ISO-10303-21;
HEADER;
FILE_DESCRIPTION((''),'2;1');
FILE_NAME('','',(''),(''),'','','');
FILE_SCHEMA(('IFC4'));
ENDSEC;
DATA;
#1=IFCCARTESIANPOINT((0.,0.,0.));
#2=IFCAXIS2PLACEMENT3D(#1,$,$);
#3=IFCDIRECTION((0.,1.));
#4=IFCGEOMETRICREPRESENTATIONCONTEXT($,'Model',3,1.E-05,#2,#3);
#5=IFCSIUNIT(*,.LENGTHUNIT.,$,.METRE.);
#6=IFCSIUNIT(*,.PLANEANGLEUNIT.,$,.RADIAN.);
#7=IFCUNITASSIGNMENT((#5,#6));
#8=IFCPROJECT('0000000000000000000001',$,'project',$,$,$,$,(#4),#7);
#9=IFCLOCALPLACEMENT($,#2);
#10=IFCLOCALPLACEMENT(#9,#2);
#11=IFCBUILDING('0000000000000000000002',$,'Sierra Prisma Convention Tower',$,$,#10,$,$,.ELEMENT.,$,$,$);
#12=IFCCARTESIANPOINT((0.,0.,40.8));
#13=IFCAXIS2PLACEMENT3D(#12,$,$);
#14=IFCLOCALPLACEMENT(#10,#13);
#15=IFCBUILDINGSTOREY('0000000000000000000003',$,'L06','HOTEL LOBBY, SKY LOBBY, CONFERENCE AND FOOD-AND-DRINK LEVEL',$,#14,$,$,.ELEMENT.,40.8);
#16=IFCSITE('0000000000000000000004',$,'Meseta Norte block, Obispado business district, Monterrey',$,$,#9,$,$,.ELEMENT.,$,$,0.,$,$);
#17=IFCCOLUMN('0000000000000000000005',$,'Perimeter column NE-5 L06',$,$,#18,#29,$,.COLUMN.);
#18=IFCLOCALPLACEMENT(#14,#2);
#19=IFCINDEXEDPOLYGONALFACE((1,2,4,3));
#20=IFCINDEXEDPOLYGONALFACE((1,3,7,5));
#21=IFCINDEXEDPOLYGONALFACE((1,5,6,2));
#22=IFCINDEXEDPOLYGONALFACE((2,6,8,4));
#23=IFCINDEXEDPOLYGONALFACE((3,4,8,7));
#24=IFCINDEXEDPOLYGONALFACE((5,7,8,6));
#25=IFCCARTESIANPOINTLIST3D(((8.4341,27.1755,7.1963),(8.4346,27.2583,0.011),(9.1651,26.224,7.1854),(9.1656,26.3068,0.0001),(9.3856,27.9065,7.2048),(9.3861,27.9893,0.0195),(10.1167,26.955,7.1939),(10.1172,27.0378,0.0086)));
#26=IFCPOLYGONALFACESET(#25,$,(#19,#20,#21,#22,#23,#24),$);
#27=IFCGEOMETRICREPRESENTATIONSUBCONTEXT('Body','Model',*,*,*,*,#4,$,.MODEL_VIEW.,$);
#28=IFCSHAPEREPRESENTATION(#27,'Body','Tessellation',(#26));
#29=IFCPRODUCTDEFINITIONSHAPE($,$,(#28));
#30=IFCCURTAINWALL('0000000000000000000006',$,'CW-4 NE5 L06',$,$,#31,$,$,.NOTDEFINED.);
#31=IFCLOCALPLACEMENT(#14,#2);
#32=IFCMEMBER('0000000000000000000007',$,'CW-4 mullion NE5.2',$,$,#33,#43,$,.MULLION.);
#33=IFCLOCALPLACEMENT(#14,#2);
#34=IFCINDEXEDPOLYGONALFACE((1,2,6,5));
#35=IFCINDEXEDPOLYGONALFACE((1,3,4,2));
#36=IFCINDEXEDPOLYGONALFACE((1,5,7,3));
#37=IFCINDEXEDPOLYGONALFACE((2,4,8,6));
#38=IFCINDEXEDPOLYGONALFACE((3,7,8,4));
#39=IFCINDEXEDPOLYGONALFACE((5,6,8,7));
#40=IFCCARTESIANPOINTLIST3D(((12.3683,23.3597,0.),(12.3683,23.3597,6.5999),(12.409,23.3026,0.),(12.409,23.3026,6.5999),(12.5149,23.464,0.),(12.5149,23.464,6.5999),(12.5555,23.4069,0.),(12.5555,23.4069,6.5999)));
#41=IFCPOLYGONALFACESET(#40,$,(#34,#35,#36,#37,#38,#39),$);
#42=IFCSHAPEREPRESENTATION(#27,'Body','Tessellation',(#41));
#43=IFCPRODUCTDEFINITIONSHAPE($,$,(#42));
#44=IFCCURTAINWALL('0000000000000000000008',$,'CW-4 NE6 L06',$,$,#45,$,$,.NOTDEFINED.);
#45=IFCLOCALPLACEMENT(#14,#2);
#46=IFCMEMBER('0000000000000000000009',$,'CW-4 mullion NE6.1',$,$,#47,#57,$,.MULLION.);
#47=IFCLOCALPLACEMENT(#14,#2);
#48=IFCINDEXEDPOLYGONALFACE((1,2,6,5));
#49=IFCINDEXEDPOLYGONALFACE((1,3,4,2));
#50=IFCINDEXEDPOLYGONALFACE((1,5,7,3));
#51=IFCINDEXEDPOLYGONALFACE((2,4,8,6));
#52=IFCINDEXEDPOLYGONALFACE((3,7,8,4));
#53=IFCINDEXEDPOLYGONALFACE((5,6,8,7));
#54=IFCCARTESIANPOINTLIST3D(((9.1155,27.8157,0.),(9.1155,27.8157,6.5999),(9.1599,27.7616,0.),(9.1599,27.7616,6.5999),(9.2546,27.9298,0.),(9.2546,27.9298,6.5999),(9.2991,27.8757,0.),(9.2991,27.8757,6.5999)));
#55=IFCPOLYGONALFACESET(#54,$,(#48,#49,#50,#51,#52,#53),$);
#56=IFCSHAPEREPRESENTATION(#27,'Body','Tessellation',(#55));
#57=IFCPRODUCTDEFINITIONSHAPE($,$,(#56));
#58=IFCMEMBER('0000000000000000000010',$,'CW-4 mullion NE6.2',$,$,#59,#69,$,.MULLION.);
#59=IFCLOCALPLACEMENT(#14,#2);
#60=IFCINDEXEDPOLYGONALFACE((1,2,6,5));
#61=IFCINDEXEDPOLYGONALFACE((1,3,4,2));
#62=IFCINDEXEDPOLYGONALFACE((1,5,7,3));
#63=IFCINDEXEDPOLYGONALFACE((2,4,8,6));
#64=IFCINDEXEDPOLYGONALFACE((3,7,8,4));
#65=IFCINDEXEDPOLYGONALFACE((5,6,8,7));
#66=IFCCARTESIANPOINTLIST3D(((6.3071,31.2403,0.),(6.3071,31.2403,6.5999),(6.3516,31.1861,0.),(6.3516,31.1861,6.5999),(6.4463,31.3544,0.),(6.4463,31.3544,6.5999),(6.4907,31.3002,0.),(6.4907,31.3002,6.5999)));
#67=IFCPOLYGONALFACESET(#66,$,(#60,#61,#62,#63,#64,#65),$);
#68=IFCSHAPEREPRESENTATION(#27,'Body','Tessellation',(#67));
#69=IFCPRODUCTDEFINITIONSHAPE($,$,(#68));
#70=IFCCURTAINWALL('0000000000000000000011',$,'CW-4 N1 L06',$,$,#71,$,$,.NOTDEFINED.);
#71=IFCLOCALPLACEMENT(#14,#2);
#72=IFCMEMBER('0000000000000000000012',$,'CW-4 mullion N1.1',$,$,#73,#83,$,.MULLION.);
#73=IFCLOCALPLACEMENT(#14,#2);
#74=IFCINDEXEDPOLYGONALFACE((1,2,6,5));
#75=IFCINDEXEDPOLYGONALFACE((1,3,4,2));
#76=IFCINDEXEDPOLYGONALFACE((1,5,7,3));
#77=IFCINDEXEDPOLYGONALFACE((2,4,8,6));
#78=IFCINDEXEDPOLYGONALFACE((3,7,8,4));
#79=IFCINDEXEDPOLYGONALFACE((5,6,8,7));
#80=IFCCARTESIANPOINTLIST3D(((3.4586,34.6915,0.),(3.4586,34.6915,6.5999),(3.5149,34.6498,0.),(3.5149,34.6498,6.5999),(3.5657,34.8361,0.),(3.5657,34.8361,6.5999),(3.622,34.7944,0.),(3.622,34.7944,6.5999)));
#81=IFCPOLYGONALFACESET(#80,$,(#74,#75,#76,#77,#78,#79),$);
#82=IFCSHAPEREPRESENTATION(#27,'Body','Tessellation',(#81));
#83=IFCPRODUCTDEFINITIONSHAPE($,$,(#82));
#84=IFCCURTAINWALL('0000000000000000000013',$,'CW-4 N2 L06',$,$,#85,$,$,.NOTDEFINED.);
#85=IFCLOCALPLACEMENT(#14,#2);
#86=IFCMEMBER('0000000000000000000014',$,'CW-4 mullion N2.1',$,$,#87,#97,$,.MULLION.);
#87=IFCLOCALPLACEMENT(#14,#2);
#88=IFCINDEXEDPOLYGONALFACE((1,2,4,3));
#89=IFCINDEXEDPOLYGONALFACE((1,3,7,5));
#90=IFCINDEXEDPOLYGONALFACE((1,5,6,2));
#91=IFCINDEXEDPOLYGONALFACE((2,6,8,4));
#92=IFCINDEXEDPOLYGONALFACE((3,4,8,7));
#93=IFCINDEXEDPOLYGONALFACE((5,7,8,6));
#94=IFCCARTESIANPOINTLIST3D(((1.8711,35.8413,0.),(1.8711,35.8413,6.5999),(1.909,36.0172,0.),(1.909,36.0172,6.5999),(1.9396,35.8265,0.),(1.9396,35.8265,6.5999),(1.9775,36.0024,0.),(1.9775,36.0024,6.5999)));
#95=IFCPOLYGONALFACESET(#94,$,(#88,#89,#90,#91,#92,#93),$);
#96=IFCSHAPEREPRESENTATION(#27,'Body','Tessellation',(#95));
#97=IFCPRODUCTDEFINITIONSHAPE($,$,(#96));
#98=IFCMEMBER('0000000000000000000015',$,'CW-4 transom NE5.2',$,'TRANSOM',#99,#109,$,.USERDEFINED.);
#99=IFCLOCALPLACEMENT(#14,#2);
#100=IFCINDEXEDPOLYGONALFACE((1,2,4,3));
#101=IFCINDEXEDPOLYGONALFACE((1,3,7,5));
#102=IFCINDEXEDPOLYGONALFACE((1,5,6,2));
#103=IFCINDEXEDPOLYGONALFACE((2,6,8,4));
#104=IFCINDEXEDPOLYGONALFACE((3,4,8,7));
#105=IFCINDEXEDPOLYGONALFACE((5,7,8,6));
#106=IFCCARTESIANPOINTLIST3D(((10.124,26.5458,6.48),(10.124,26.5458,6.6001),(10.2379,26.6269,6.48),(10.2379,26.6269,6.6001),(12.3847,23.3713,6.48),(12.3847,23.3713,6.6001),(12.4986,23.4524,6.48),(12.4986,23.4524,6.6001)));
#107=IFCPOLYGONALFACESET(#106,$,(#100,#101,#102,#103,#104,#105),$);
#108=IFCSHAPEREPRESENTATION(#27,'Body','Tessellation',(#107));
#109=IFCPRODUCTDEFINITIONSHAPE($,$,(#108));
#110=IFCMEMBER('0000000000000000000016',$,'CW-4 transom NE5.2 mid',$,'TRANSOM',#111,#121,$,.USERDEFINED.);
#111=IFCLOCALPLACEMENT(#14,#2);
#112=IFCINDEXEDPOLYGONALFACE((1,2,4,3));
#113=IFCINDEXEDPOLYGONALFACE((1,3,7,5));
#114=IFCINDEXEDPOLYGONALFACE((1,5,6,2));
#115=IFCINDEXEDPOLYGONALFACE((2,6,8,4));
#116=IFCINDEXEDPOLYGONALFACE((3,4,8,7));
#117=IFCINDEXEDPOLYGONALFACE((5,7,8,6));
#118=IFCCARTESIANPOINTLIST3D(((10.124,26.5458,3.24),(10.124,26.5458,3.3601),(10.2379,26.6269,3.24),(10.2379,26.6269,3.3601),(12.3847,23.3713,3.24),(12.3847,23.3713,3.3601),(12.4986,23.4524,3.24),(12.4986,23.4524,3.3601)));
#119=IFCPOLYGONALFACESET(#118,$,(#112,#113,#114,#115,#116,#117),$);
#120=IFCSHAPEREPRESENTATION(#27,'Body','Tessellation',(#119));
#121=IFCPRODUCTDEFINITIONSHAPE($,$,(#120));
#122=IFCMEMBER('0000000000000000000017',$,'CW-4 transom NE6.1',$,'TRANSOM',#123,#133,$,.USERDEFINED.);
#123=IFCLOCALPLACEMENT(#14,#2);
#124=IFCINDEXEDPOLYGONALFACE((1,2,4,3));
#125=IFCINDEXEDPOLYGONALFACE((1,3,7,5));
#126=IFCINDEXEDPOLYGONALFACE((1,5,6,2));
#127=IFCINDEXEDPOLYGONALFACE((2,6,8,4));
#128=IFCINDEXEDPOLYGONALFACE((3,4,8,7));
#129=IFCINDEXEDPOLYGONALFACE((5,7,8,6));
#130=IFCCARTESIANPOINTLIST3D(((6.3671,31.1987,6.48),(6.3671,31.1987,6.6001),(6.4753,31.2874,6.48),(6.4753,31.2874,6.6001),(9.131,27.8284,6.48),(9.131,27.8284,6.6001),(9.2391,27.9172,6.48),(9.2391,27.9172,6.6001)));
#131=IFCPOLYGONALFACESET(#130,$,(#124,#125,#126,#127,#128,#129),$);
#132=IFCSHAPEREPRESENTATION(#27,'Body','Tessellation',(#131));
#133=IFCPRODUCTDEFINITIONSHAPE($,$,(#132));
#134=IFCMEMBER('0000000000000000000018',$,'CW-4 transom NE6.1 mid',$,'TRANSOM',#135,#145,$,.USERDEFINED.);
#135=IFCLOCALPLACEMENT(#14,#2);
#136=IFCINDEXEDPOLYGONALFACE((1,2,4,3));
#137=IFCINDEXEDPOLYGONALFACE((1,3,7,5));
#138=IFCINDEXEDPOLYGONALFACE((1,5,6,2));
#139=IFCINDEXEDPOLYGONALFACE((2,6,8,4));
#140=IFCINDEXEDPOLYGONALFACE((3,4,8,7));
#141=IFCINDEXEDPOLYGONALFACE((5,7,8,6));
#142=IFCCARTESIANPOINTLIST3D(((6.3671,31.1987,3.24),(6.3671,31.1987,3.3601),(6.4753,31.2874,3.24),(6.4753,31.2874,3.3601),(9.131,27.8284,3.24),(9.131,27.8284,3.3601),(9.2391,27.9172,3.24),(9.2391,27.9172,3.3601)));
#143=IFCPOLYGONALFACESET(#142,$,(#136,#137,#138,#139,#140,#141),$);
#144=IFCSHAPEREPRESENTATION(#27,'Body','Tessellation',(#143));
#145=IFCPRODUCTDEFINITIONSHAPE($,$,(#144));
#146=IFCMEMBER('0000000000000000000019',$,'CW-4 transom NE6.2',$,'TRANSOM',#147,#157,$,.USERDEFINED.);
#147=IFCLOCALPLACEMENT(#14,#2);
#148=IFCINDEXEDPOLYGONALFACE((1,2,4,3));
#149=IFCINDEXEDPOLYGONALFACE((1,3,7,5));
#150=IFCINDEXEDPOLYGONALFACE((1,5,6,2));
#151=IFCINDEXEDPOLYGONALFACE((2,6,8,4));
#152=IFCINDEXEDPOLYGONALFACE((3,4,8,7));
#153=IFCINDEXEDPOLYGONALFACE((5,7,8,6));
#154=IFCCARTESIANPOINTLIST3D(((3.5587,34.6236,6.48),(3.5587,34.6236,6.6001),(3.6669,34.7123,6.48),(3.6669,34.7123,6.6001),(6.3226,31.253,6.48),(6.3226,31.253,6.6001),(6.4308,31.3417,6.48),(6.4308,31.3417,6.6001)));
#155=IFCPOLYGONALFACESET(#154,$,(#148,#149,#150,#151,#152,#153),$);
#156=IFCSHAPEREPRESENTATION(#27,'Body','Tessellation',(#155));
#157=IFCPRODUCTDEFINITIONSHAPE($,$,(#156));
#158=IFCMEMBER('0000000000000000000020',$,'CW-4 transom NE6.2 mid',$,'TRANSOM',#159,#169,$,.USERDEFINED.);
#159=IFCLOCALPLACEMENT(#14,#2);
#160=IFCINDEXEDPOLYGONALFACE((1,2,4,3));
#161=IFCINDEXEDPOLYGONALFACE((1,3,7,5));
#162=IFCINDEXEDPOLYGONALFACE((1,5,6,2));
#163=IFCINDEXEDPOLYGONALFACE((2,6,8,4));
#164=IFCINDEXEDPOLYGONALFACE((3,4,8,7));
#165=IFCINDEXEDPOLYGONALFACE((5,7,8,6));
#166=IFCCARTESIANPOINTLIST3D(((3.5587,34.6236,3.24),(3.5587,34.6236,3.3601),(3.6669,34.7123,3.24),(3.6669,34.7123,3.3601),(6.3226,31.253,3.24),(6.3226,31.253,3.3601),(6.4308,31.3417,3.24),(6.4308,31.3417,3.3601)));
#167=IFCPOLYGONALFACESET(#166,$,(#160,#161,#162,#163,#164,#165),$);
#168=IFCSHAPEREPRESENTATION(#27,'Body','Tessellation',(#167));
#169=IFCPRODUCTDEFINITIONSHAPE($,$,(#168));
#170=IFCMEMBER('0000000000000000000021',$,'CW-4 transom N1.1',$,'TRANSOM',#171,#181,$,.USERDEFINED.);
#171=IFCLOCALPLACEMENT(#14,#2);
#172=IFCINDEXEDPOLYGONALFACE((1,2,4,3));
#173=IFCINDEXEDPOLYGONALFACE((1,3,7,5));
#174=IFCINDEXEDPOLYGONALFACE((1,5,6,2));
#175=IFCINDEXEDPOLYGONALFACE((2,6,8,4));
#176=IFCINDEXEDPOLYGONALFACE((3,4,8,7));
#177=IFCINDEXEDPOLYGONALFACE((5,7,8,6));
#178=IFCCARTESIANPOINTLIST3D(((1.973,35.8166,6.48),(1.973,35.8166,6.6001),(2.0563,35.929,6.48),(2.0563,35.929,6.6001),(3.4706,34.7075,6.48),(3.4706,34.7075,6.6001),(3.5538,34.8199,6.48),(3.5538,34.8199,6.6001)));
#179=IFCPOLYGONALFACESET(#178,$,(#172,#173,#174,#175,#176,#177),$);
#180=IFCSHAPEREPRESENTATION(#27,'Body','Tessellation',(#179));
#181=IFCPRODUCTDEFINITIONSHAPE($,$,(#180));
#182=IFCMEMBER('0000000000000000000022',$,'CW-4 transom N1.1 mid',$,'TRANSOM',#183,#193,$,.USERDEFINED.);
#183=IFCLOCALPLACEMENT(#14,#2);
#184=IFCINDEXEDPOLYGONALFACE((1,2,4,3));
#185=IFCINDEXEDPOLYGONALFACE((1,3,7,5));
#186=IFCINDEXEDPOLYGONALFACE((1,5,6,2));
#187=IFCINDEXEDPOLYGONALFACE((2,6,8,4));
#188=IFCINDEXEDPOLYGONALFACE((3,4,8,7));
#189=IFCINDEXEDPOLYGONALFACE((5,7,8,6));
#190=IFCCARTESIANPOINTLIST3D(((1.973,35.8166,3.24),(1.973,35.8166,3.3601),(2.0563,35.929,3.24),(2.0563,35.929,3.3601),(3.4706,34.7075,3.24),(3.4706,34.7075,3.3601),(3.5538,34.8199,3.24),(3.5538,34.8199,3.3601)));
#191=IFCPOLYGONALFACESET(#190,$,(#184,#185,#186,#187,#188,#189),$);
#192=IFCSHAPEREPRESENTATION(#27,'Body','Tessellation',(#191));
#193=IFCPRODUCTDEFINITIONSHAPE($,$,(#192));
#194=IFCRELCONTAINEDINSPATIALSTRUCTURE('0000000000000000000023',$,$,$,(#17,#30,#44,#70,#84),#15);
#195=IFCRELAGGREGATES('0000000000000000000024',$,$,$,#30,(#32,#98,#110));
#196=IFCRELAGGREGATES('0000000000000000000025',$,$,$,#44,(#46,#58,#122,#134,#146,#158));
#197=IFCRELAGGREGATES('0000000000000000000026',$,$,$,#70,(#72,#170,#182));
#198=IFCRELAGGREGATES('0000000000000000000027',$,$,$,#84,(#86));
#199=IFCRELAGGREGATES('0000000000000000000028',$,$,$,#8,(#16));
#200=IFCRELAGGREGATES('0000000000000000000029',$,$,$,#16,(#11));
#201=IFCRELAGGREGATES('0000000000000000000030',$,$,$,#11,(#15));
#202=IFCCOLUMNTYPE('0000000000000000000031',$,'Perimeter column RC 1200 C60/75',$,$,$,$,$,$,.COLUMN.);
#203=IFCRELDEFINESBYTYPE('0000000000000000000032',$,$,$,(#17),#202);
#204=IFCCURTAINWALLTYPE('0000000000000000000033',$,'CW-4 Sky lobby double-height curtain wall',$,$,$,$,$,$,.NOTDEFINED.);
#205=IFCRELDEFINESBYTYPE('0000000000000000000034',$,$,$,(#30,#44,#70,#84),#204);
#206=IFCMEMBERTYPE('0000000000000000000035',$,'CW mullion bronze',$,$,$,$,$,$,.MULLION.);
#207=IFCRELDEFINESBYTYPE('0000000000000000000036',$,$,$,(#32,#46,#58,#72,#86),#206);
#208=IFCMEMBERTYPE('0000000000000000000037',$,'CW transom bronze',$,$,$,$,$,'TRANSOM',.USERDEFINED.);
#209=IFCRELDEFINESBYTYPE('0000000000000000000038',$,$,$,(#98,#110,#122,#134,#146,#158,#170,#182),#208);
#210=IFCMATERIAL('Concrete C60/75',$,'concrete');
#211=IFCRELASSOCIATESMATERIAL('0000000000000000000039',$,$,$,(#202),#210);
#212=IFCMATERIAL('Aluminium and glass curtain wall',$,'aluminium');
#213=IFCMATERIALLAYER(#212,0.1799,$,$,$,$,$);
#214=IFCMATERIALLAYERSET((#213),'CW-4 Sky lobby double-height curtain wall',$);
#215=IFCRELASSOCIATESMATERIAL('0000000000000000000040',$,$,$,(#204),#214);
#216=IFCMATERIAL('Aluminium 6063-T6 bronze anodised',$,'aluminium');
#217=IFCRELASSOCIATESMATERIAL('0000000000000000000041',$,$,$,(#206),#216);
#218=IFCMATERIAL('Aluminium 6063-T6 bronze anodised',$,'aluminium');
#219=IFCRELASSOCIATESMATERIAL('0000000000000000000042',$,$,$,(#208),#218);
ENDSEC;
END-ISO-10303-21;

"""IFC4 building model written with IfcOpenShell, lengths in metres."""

from ifc_helpers import new_model, si_unit, direction, frame, origin, origin_2d, place, context, subcontext, project, spatial, rectangle, extrude, clip, halfspace, material, layer, layer_set, material_profile, profile_set, type_object, element, aggregate, save


model = new_model("IFC4")

# Units and contexts
model_context = context("Model", 3, precision=1e-05, world=origin(), true_north=direction((0.0, 1.0)))
body_context = subcontext(model_context, "Body", "Model", "MODEL_VIEW")
ifc_project = project(units=[si_unit("LENGTHUNIT", "METRE"), si_unit("PLANEANGLEUNIT", "RADIAN")], contexts=[model_context])

# Site, building, storey
site_placement = place(None, origin())
site = spatial("IfcSite", under=ifc_project, at=site_placement, Name="Meseta Norte block, Obispado business district, Monterrey", CompositionType="ELEMENT", RefElevation=0.0)
building_placement = place(site_placement, origin())
building = spatial("IfcBuilding", under=site, at=building_placement, Name="Sierra Prisma Convention Tower", CompositionType="ELEMENT")
storey_placement = place(building_placement, frame((0.0, 0.0, 40.8)))
storey = spatial("IfcBuildingStorey", under=building, at=storey_placement, Name="L06", Description="HOTEL LOBBY, SKY LOBBY, CONFERENCE AND FOOD-AND-DRINK LEVEL", CompositionType="ELEMENT", Elevation=40.8)

# Column
ifc_material_1 = material(Name="Concrete C60/75", Category="concrete")
ifc_material_profile_1 = material_profile(ifc_material_1, rectangle(XDim=1.2, YDim=1.2, at=origin_2d()), Name="Perimeter column RC 1200 C60/75")
ifc_profile_set_1 = profile_set([ifc_material_profile_1], Name="Concrete C60/75")
column_type_1 = type_object("IfcColumnType", Name="Perimeter column RC 1200 C60/75", PredefinedType="COLUMN", material=ifc_profile_set_1)
column_1_placement = place(storey_placement, frame((9.2759, 27.1482, 0.0), z_axis=(-0.000068, -0.011528, 0.999934), x_axis=(-0.609232, 0.79294, 0.0091)))
element("IfcColumn", 1, at=column_1_placement, inside=storey, type_object=column_type_1, Name="Perimeter column NE-5 L06", PredefinedType="COLUMN", context=body_context, shape_type="SweptSolid", body=[
    clip(clip(extrude(rectangle(XDim=1.2, YDim=1.2, at=origin_2d()), origin(), (0.0, 0.0, 1.0), 7.2004), halfspace(frame((0.0, 0.0, 0.0098)), True)), halfspace(frame((0.0, 0.0, 7.1956)), False)),
])

# Curtain wall, member
ifc_material_2 = material(Name="Aluminium and glass curtain wall", Category="aluminium")
ifc_layer_1 = layer(ifc_material_2, 0.1799)
ifc_layer_set_1 = layer_set([ifc_layer_1], Name="CW-4 Sky lobby double-height curtain wall")
curtain_wall_type = type_object("IfcCurtainWallType", Name="CW-4 Sky lobby double-height curtain wall", PredefinedType="NOTDEFINED", material=ifc_layer_set_1)
curtain_wall_1_placement = place(storey_placement, origin())
curtain_wall_1 = element("IfcCurtainWall", 2, at=curtain_wall_1_placement, inside=storey, type_object=curtain_wall_type, Name="CW-4 NE5 L06", PredefinedType="NOTDEFINED")
ifc_material_3 = material(Name="Aluminium 6063-T6 bronze anodised", Category="aluminium")
ifc_material_profile_2 = material_profile(ifc_material_3, rectangle(XDim=0.1799, YDim=0.0701, at=origin_2d()), Name="ALU MULLION 70x180")
ifc_profile_set_2 = profile_set([ifc_material_profile_2], Name="Aluminium 6063-T6 bronze anodised")
member_type_1 = type_object("IfcMemberType", Name="CW mullion bronze", PredefinedType="MULLION", material=ifc_profile_set_2)
member_1_placement = place(storey_placement, frame((12.4619, 23.3833, 0.0), z_axis=(0.0, 0.0, 1.0), x_axis=(-0.814566, -0.580072, 0.0)))
member_1 = element("IfcMember", 3, at=member_1_placement, type_object=member_type_1, Name="CW-4 mullion NE5.2", PredefinedType="MULLION", context=body_context, shape_type="SweptSolid", body=[
    extrude(rectangle(XDim=0.1799, YDim=0.0701, at=origin_2d()), origin(), (0.0, 0.0, 1.0), 6.5999),
])

# Curtain wall, members
curtain_wall_2_placement = place(storey_placement, origin())
curtain_wall_2 = element("IfcCurtainWall", 4, at=curtain_wall_2_placement, inside=storey, type_object=curtain_wall_type, Name="CW-4 NE6 L06", PredefinedType="NOTDEFINED")
member_2_placement = place(storey_placement, frame((9.2073, 27.8457, 0.0), z_axis=(0.0, 0.0, 1.0), x_axis=(-0.77326, -0.634089, 0.0)))
member_2 = element("IfcMember", 5, at=member_2_placement, type_object=member_type_1, Name="CW-4 mullion NE6.1", PredefinedType="MULLION", context=body_context, shape_type="SweptSolid", body=[
    extrude(rectangle(XDim=0.1799, YDim=0.0701, at=origin_2d()), origin(), (0.0, 0.0, 1.0), 6.5999),
])
member_3_placement = place(storey_placement, frame((6.3989, 31.2703, 0.0), z_axis=(0.0, 0.0, 1.0), x_axis=(-0.77326, -0.634089, 0.0)))
member_3 = element("IfcMember", 6, at=member_3_placement, type_object=member_type_1, Name="CW-4 mullion NE6.2", PredefinedType="MULLION", context=body_context, shape_type="SweptSolid", body=[
    extrude(rectangle(XDim=0.1799, YDim=0.0701, at=origin_2d()), origin(), (0.0, 0.0, 1.0), 6.5999),
])

# Curtain walls, members
curtain_wall_3_placement = place(storey_placement, origin())
curtain_wall_3 = element("IfcCurtainWall", 7, at=curtain_wall_3_placement, inside=storey, type_object=curtain_wall_type, Name="CW-4 N1 L06", PredefinedType="NOTDEFINED")
member_4_placement = place(storey_placement, frame((3.5403, 34.7429, 0.0), z_axis=(0.0, 0.0, 1.0), x_axis=(-0.595164, -0.803605, 0.0)))
member_4 = element("IfcMember", 8, at=member_4_placement, type_object=member_type_1, Name="CW-4 mullion N1.1", PredefinedType="MULLION", context=body_context, shape_type="SweptSolid", body=[
    extrude(rectangle(XDim=0.1799, YDim=0.0701, at=origin_2d()), origin(), (0.0, 0.0, 1.0), 6.5999),
])
curtain_wall_4_placement = place(storey_placement, origin())
curtain_wall_4 = element("IfcCurtainWall", 9, at=curtain_wall_4_placement, inside=storey, type_object=curtain_wall_type, Name="CW-4 N2 L06", PredefinedType="NOTDEFINED")
member_5_placement = place(storey_placement, frame((1.9243, 35.9219, 0.0), z_axis=(0.0, 0.0, 1.0), x_axis=(-0.210894, -0.977509, 0.0)))
member_5 = element("IfcMember", 10, at=member_5_placement, type_object=member_type_1, Name="CW-4 mullion N2.1", PredefinedType="MULLION", context=body_context, shape_type="SweptSolid", body=[
    extrude(rectangle(XDim=0.1799, YDim=0.0701, at=origin_2d()), origin(), (0.0, 0.0, 1.0), 6.5999),
])

# Members
ifc_material_4 = material(Name="Aluminium 6063-T6 bronze anodised", Category="aluminium")
ifc_material_profile_3 = material_profile(ifc_material_4, rectangle(XDim=0.1399, YDim=0.1201, at=origin_2d()), Name="ALU TRANSOM 120x140")
ifc_profile_set_3 = profile_set([ifc_material_profile_3], Name="Aluminium 6063-T6 bronze anodised")
member_type_2 = type_object("IfcMemberType", Name="CW transom bronze", ElementType="TRANSOM", PredefinedType="USERDEFINED", material=ifc_profile_set_3)
member_6_placement = place(storey_placement, frame((12.4417, 23.4119, 6.54), z_axis=(-0.580082, 0.814558, 0.0), x_axis=(-0.814558, -0.580082, 0.0)))
member_6 = element("IfcMember", 11, at=member_6_placement, type_object=member_type_2, Name="CW-4 transom NE5.2", ObjectType="TRANSOM", PredefinedType="USERDEFINED", context=body_context, shape_type="SweptSolid", body=[
    extrude(rectangle(XDim=0.1399, YDim=0.1201, at=origin_2d()), origin(), (0.0, 0.0, 1.0), 3.8972),
])
member_7_placement = place(storey_placement, frame((12.4417, 23.4119, 3.3), z_axis=(-0.580082, 0.814558, 0.0), x_axis=(-0.814558, -0.580082, 0.0)))
member_7 = element("IfcMember", 12, at=member_7_placement, type_object=member_type_2, Name="CW-4 transom NE5.2 mid", ObjectType="TRANSOM", PredefinedType="USERDEFINED", context=body_context, shape_type="SweptSolid", body=[
    extrude(rectangle(XDim=0.1399, YDim=0.1201, at=origin_2d()), origin(), (0.0, 0.0, 1.0), 3.8972),
])
member_8_placement = place(storey_placement, frame((9.1851, 27.8728, 6.54), z_axis=(-0.63411, 0.773243, 0.0), x_axis=(-0.773243, -0.63411, 0.0)))
member_8 = element("IfcMember", 13, at=member_8_placement, type_object=member_type_2, Name="CW-4 transom NE6.1", ObjectType="TRANSOM", PredefinedType="USERDEFINED", context=body_context, shape_type="SweptSolid", body=[
    extrude(rectangle(XDim=0.1399, YDim=0.1201, at=origin_2d()), origin(), (0.0, 0.0, 1.0), 4.3586),
])
member_9_placement = place(storey_placement, frame((9.1851, 27.8728, 3.3), z_axis=(-0.63411, 0.773243, 0.0), x_axis=(-0.773243, -0.63411, 0.0)))
member_9 = element("IfcMember", 14, at=member_9_placement, type_object=member_type_2, Name="CW-4 transom NE6.1 mid", ObjectType="TRANSOM", PredefinedType="USERDEFINED", context=body_context, shape_type="SweptSolid", body=[
    extrude(rectangle(XDim=0.1399, YDim=0.1201, at=origin_2d()), origin(), (0.0, 0.0, 1.0), 4.3586),
])
member_10_placement = place(storey_placement, frame((6.3767, 31.2974, 6.54), z_axis=(-0.634082, 0.773266, 0.0), x_axis=(-0.773266, -0.634082, 0.0)))
member_10 = element("IfcMember", 15, at=member_10_placement, type_object=member_type_2, Name="CW-4 transom NE6.2", ObjectType="TRANSOM", PredefinedType="USERDEFINED", context=body_context, shape_type="SweptSolid", body=[
    extrude(rectangle(XDim=0.1399, YDim=0.1201, at=origin_2d()), origin(), (0.0, 0.0, 1.0), 4.3589),
])
member_11_placement = place(storey_placement, frame((6.3767, 31.2974, 3.3), z_axis=(-0.634082, 0.773266, 0.0), x_axis=(-0.773266, -0.634082, 0.0)))
member_11 = element("IfcMember", 16, at=member_11_placement, type_object=member_type_2, Name="CW-4 transom NE6.2 mid", ObjectType="TRANSOM", PredefinedType="USERDEFINED", context=body_context, shape_type="SweptSolid", body=[
    extrude(rectangle(XDim=0.1399, YDim=0.1201, at=origin_2d()), origin(), (0.0, 0.0, 1.0), 4.3589),
])
member_12_placement = place(storey_placement, frame((3.5122, 34.7637, 6.54), z_axis=(-0.803601, 0.595168, 0.0), x_axis=(-0.595168, -0.803601, 0.0)))
member_12 = element("IfcMember", 17, at=member_12_placement, type_object=member_type_2, Name="CW-4 transom N1.1", ObjectType="TRANSOM", PredefinedType="USERDEFINED", context=body_context, shape_type="SweptSolid", body=[
    extrude(rectangle(XDim=0.1399, YDim=0.1201, at=origin_2d()), origin(), (0.0, 0.0, 1.0), 1.8635),
])
member_13_placement = place(storey_placement, frame((3.5122, 34.7637, 3.3), z_axis=(-0.803601, 0.595168, 0.0), x_axis=(-0.595168, -0.803601, 0.0)))
member_13 = element("IfcMember", 18, at=member_13_placement, type_object=member_type_2, Name="CW-4 transom N1.1 mid", ObjectType="TRANSOM", PredefinedType="USERDEFINED", context=body_context, shape_type="SweptSolid", body=[
    extrude(rectangle(XDim=0.1399, YDim=0.1201, at=origin_2d()), origin(), (0.0, 0.0, 1.0), 1.8635),
])

aggregate(curtain_wall_1, [member_1, member_6, member_7])
aggregate(curtain_wall_2, [member_2, member_3, member_8, member_9, member_10, member_11])
aggregate(curtain_wall_3, [member_4, member_12, member_13])
aggregate(curtain_wall_4, [member_5])

save(model, "model.ifc")
